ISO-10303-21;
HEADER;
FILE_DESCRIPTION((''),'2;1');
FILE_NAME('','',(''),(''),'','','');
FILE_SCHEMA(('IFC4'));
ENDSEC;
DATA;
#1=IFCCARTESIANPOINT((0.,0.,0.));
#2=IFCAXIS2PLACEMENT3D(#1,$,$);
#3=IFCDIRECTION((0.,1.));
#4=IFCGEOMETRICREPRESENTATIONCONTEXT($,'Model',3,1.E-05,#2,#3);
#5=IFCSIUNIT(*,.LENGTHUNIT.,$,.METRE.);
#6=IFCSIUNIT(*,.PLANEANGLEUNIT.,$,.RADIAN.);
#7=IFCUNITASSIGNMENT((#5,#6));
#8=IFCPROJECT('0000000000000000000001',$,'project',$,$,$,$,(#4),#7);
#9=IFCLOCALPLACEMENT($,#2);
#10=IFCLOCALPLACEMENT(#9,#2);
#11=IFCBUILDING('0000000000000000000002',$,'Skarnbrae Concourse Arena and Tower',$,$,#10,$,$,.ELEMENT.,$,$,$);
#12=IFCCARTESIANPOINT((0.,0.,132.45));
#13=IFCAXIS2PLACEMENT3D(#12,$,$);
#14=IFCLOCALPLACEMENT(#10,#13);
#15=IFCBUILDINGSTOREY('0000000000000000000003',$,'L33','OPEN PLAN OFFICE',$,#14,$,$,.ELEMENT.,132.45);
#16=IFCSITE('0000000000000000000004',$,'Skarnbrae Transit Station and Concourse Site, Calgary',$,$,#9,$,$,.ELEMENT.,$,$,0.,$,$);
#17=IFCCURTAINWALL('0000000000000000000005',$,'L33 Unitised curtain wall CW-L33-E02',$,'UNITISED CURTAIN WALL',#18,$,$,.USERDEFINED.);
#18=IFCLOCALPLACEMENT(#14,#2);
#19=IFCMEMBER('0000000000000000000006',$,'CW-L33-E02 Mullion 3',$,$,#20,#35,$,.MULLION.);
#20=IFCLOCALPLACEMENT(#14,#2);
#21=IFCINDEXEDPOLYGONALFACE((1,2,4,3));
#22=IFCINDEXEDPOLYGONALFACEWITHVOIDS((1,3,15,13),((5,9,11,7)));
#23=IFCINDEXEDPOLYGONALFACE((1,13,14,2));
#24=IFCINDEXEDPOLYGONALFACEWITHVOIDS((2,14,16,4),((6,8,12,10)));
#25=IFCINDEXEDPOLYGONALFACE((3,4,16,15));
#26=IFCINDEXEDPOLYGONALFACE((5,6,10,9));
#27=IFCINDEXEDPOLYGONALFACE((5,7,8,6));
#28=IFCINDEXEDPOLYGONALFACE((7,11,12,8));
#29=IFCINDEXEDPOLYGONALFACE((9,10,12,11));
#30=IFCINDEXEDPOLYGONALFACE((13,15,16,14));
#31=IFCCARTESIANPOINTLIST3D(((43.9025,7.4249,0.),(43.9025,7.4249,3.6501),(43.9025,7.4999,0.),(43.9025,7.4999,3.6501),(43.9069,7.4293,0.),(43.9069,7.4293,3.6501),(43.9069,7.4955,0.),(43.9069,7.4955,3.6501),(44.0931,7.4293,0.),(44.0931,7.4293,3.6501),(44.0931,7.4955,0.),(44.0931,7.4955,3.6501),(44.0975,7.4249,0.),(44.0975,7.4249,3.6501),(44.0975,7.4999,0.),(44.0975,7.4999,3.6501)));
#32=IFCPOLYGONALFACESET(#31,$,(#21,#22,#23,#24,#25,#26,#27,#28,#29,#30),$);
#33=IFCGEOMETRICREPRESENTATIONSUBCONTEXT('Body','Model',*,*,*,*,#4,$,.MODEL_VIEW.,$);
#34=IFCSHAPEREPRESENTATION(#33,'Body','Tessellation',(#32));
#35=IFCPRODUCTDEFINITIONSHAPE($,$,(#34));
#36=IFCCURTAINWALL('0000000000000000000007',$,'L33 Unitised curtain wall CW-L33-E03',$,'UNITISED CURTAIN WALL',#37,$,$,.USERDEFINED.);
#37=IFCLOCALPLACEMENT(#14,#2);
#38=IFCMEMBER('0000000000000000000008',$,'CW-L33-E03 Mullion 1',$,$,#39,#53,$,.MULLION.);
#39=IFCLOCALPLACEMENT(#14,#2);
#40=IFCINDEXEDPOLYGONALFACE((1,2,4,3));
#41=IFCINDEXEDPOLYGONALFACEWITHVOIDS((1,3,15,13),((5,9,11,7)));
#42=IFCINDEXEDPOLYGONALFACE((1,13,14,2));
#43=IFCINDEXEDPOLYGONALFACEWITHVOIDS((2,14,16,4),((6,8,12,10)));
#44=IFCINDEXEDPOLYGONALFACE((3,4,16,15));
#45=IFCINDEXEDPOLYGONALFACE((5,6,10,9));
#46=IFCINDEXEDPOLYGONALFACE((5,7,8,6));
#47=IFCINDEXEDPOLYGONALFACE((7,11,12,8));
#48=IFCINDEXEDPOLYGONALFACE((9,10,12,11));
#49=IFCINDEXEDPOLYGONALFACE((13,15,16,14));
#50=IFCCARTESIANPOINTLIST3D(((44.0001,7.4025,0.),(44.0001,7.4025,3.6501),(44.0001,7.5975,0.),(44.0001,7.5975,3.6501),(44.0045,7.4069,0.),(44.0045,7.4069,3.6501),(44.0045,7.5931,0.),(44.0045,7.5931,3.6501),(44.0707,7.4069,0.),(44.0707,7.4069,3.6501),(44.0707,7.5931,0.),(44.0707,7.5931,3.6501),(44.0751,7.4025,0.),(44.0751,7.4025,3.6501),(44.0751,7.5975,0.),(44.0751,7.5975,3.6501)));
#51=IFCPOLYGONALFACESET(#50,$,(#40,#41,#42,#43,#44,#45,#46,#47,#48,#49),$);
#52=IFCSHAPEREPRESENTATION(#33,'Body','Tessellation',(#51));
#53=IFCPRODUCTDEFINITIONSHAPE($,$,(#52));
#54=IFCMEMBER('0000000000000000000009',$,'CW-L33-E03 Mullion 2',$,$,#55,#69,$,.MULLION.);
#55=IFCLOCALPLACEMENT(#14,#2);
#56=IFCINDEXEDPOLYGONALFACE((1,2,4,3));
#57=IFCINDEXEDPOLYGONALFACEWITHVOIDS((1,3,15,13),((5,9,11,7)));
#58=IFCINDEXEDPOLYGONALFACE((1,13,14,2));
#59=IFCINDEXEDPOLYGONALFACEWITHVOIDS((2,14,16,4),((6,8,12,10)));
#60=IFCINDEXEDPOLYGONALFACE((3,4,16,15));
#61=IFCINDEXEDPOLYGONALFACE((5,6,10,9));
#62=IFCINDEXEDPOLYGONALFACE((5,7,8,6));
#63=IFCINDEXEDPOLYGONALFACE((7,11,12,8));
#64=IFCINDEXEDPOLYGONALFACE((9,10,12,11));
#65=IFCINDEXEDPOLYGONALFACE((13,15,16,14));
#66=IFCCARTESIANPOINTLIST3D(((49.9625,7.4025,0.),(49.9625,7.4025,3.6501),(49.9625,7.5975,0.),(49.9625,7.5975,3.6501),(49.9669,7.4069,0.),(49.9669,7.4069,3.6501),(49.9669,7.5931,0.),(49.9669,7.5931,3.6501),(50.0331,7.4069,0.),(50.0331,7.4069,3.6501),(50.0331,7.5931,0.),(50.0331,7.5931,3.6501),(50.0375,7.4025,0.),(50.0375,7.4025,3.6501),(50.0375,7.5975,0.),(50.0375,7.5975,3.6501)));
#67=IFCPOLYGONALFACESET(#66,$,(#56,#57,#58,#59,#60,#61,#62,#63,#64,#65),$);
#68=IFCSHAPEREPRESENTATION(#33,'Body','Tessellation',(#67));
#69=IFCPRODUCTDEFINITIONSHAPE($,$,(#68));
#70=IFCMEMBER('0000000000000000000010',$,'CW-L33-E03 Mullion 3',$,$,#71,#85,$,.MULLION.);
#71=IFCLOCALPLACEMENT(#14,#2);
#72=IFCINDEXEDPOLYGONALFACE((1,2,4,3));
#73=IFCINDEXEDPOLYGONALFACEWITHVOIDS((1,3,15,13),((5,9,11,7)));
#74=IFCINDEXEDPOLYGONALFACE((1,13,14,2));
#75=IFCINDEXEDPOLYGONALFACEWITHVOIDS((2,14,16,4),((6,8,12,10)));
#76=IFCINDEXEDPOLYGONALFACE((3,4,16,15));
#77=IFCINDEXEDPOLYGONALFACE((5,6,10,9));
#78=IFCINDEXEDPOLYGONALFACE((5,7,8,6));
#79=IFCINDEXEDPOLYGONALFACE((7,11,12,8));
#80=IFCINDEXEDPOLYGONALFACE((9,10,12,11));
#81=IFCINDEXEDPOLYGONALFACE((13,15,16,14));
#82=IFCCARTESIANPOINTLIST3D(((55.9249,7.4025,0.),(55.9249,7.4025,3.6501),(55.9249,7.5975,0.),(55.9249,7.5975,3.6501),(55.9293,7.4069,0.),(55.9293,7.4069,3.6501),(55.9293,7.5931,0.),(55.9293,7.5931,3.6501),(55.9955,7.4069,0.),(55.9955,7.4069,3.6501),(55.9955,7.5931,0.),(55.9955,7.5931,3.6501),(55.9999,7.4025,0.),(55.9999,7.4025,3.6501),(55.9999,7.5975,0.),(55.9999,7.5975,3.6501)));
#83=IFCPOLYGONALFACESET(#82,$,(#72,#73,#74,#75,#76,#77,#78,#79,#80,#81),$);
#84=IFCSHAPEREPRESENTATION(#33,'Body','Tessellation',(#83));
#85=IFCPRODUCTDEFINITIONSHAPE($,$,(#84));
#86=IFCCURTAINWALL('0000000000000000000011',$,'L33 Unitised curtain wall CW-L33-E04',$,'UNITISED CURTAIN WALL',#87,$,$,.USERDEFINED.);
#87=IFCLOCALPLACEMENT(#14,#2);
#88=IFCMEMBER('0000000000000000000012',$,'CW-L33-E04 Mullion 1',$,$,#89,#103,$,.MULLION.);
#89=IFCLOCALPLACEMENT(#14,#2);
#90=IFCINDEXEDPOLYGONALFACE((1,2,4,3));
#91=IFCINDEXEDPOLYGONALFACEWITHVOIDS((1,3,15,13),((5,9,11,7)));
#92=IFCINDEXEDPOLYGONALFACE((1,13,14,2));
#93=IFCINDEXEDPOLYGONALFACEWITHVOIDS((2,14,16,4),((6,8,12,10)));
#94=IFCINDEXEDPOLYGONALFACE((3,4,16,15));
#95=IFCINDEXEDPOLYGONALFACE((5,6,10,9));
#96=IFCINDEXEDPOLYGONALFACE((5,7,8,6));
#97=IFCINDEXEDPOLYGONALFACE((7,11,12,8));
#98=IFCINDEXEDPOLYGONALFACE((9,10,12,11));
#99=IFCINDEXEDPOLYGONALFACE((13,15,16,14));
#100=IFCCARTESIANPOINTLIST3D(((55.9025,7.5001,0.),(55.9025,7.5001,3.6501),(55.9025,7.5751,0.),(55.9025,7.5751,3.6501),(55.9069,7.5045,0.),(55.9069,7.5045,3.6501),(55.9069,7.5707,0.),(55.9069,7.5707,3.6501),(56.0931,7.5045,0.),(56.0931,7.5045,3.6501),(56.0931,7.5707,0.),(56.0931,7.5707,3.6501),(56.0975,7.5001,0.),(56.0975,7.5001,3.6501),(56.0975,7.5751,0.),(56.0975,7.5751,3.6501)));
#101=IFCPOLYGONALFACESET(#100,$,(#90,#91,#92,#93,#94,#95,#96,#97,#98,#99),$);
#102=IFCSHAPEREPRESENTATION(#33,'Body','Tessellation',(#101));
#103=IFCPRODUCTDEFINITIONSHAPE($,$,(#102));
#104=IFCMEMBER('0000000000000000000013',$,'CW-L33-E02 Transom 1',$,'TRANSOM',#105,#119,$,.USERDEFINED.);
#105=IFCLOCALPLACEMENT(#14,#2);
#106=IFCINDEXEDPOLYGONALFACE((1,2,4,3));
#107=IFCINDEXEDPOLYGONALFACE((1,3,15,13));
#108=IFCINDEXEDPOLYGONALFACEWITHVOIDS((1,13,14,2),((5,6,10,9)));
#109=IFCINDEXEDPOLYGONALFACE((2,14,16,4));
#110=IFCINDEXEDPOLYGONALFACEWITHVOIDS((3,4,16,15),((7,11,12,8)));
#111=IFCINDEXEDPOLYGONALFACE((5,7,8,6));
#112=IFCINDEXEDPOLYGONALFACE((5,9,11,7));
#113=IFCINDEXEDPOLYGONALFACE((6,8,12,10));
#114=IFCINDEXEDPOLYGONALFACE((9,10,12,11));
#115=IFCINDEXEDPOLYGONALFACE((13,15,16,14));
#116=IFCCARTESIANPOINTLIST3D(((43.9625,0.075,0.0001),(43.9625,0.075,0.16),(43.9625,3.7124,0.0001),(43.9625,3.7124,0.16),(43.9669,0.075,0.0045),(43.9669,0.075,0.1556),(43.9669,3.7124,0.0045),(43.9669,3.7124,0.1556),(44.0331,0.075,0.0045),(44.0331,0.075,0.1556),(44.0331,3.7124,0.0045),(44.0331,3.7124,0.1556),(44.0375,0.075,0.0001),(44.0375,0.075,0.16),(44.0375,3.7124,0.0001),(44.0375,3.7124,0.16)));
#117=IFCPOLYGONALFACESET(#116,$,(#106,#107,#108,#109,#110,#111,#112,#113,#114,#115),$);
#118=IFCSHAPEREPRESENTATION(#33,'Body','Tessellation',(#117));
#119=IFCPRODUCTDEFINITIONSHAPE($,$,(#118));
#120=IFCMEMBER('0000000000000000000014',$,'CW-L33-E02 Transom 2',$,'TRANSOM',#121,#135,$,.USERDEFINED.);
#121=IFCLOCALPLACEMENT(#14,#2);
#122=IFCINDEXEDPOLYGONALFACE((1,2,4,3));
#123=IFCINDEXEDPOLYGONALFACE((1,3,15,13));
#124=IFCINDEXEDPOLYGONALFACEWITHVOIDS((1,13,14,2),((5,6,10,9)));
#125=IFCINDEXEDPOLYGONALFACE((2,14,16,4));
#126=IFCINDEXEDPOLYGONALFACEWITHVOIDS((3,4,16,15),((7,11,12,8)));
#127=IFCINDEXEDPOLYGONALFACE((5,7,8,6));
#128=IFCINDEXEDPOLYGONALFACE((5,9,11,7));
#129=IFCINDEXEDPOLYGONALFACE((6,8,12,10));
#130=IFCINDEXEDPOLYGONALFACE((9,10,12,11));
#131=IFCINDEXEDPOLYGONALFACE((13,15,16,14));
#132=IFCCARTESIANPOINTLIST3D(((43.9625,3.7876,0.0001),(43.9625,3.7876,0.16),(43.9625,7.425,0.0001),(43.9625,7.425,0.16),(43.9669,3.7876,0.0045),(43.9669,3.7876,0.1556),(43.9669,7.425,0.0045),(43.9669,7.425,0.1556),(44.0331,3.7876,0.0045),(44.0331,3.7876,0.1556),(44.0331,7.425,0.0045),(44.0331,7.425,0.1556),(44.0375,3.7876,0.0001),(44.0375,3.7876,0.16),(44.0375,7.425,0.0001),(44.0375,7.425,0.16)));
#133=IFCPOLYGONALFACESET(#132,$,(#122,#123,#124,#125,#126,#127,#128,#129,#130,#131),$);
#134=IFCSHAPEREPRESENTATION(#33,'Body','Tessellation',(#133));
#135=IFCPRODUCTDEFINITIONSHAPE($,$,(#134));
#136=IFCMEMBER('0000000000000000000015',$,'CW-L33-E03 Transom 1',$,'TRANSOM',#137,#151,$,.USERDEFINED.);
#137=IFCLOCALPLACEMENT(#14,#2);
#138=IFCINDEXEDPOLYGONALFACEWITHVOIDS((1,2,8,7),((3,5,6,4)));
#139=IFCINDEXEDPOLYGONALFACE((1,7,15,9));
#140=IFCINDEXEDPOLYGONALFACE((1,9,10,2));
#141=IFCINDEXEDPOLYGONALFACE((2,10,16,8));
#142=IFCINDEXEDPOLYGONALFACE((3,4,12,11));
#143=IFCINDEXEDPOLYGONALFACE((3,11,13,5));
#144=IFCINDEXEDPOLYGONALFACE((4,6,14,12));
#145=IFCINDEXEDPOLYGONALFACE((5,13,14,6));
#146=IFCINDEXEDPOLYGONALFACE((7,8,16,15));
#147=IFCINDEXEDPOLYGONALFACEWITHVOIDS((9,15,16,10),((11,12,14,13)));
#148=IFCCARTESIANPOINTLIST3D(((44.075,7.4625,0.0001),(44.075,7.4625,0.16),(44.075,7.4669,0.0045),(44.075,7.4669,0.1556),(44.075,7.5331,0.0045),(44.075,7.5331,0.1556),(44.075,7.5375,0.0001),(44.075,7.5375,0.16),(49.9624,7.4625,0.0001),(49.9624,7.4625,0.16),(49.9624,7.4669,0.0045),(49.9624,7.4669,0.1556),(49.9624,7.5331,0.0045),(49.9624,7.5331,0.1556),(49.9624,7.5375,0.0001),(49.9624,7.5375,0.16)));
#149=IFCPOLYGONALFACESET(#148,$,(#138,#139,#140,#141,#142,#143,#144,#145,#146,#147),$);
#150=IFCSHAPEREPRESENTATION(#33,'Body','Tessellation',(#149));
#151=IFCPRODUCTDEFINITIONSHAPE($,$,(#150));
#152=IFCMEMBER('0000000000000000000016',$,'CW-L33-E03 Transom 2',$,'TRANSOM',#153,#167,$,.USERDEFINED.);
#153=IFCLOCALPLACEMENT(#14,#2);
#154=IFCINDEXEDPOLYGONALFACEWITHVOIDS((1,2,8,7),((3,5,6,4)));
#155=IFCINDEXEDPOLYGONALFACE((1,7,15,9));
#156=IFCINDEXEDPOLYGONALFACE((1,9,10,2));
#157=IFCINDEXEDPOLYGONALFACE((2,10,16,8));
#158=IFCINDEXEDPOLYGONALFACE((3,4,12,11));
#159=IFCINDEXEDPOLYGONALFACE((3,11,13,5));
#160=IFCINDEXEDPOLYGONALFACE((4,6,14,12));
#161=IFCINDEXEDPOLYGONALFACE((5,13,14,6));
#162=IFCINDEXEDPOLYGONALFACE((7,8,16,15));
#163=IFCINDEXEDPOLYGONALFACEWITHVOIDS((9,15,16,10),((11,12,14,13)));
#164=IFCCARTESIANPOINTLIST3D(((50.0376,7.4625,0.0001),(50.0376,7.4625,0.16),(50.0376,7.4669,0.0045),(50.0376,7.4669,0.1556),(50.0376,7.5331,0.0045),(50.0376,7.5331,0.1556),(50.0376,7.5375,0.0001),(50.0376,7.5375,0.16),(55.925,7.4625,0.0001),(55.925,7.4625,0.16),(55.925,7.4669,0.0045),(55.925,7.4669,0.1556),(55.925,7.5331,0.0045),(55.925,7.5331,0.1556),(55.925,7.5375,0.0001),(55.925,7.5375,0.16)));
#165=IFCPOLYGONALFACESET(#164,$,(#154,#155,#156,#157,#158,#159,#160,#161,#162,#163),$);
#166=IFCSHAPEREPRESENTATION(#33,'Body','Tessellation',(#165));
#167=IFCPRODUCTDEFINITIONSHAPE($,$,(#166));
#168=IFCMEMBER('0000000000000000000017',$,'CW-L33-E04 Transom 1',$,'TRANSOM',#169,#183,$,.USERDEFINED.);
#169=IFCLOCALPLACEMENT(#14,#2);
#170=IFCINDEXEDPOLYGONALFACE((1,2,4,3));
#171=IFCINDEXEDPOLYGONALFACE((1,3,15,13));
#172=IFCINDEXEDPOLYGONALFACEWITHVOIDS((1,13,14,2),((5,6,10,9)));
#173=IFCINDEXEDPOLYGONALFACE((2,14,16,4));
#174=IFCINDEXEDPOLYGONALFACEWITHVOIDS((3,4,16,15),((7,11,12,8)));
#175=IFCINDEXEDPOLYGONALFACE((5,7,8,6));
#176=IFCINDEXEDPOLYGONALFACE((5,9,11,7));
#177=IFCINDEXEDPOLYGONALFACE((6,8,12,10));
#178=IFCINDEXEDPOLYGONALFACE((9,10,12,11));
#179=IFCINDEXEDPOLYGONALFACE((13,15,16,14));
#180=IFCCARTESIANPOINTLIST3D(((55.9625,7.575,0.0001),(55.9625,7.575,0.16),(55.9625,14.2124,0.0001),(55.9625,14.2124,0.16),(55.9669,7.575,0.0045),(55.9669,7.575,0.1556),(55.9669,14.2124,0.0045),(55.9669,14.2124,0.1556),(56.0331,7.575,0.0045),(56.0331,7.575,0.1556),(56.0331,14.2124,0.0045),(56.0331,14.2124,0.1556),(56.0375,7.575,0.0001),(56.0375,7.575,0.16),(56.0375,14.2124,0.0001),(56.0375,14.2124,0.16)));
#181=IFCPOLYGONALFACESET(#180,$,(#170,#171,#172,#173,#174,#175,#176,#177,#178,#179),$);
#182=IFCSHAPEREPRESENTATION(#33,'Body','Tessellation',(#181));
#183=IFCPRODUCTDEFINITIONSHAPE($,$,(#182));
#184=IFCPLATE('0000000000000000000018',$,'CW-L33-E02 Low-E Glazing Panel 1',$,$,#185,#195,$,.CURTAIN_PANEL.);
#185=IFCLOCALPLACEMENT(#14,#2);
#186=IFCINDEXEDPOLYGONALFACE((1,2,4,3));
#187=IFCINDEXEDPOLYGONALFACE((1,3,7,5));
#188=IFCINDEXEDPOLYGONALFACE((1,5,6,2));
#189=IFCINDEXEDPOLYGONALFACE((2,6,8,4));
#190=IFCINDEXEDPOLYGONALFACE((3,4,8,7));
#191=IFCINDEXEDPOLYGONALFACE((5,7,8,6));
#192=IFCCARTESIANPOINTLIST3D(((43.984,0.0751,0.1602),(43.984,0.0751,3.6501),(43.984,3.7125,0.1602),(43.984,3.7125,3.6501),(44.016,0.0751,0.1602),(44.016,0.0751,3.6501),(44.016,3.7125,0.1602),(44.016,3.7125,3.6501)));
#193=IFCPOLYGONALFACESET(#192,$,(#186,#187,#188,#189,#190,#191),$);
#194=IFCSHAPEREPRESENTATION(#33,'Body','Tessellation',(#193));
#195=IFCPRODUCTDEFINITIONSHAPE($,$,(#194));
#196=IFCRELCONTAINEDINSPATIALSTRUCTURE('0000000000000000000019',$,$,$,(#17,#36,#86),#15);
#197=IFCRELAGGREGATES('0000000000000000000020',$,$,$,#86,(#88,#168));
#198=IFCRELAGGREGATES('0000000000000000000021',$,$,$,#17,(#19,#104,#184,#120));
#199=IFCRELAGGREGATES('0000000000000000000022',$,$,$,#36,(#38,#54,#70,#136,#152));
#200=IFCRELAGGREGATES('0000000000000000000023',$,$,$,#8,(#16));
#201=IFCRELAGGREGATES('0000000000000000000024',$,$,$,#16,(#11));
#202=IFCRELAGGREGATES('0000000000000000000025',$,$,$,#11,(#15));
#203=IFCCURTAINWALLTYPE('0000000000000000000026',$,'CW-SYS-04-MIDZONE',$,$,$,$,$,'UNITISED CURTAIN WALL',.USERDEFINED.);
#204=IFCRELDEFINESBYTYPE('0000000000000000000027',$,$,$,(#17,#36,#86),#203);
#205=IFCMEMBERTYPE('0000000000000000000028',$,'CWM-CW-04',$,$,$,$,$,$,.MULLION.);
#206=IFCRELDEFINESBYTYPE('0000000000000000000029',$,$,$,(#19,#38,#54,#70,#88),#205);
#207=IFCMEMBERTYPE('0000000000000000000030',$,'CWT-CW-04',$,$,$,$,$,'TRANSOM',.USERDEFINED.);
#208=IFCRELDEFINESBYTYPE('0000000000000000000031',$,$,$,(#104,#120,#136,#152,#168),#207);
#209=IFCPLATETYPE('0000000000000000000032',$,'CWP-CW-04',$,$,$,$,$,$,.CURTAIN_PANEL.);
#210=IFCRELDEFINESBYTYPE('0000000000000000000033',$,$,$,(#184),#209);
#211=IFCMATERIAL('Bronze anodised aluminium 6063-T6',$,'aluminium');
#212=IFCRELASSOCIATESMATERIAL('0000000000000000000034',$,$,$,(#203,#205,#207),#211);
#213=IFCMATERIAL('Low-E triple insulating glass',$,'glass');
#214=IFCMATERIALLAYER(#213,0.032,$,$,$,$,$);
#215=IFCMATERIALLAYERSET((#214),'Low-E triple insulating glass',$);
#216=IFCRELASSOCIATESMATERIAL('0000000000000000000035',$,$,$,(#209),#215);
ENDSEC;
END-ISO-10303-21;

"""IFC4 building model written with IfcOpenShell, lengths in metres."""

from ifc_helpers import new_model, si_unit, direction, frame, origin, origin_2d, place, context, subcontext, project, spatial, rectangle, hollow_rectangle, extrude, source, transform, mapped, material, layer, layer_set, material_profile, profile_set, type_object, element, aggregate, save


model = new_model("IFC4")

# Units and contexts
model_context = context("Model", 3, precision=1e-05, world=origin(), true_north=direction((0.0, 1.0)))
body_context = subcontext(model_context, "Body", "Model", "MODEL_VIEW")
ifc_project = project(units=[si_unit("LENGTHUNIT", "METRE"), si_unit("PLANEANGLEUNIT", "RADIAN")], contexts=[model_context])

# Site, building, storey
site_placement = place(None, origin())
site = spatial("IfcSite", under=ifc_project, at=site_placement, Name="Skarnbrae Transit Station and Concourse Site, Calgary", CompositionType="ELEMENT", RefElevation=0.0)
building_placement = place(site_placement, origin())
building = spatial("IfcBuilding", under=site, at=building_placement, Name="Skarnbrae Concourse Arena and Tower", CompositionType="ELEMENT")
storey_placement = place(building_placement, frame((0.0, 0.0, 132.45)))
storey = spatial("IfcBuildingStorey", under=building, at=storey_placement, Name="L33", Description="OPEN PLAN OFFICE", CompositionType="ELEMENT", Elevation=132.45)

# Shared definitions
ifc_material_1 = material(Name="Bronze anodised aluminium 6063-T6", Category="aluminium")
curtain_wall_type = type_object("IfcCurtainWallType", Name="CW-SYS-04-MIDZONE", ElementType="UNITISED CURTAIN WALL", PredefinedType="USERDEFINED", material=ifc_material_1)
ifc_material_profile_1 = material_profile(ifc_material_1, hollow_rectangle(XDim=0.075, YDim=0.1951, WallThickness=0.0044, at=origin_2d()), Name="ALU-MULL-75X195")
ifc_profile_set_1 = profile_set([ifc_material_profile_1], Name="Bronze anodised aluminium 6063-T6")
member_type_1 = type_object("IfcMemberType", Name="CWM-CW-04", PredefinedType="MULLION", material=ifc_profile_set_1)
shared_shape_1 = source(origin(), body_context, "Body", "SweptSolid", [
    extrude(hollow_rectangle(XDim=0.075, YDim=0.1951, WallThickness=0.0044, at=origin_2d()), origin(), (0.0, 0.0, 1.0), 3.6501),
])

# Curtain walls, members
curtain_wall_1_placement = place(storey_placement, origin())
curtain_wall_1 = element("IfcCurtainWall", 1, at=curtain_wall_1_placement, inside=storey, type_object=curtain_wall_type, Name="L33 Unitised curtain wall CW-L33-E02", ObjectType="UNITISED CURTAIN WALL", PredefinedType="USERDEFINED")
member_1_placement = place(storey_placement, frame((44.0, 7.4624, 0.0), z_axis=(0.0, 0.0, 1.0), x_axis=(0.0, 1.0, 0.0)))
member_1 = element("IfcMember", 2, at=member_1_placement, type_object=member_type_1, Name="CW-L33-E02 Mullion 3", PredefinedType="MULLION", context=body_context, shape_type="MappedRepresentation", body=[
    mapped(shared_shape_1, transform((0.0, 0.0, 0.0))),
])
curtain_wall_2_placement = place(storey_placement, origin())
curtain_wall_2 = element("IfcCurtainWall", 3, at=curtain_wall_2_placement, inside=storey, type_object=curtain_wall_type, Name="L33 Unitised curtain wall CW-L33-E03", ObjectType="UNITISED CURTAIN WALL", PredefinedType="USERDEFINED")
member_2_placement = place(storey_placement, frame((44.0376, 7.5, 0.0), z_axis=(0.0, 0.0, 1.0), x_axis=(1.0, 0.0, 0.0)))
member_2 = element("IfcMember", 4, at=member_2_placement, type_object=member_type_1, Name="CW-L33-E03 Mullion 1", PredefinedType="MULLION", context=body_context, shape_type="MappedRepresentation", body=[
    mapped(shared_shape_1, transform((0.0, 0.0, 0.0))),
])
member_3_placement = place(storey_placement, frame((50.0, 7.5, 0.0), z_axis=(0.0, 0.0, 1.0), x_axis=(1.0, 0.0, 0.0)))
member_3 = element("IfcMember", 5, at=member_3_placement, type_object=member_type_1, Name="CW-L33-E03 Mullion 2", PredefinedType="MULLION", context=body_context, shape_type="MappedRepresentation", body=[
    mapped(shared_shape_1, transform((0.0, 0.0, 0.0))),
])
member_4_placement = place(storey_placement, frame((55.9624, 7.5, 0.0), z_axis=(0.0, 0.0, 1.0), x_axis=(1.0, 0.0, 0.0)))
member_4 = element("IfcMember", 6, at=member_4_placement, type_object=member_type_1, Name="CW-L33-E03 Mullion 3", PredefinedType="MULLION", context=body_context, shape_type="MappedRepresentation", body=[
    mapped(shared_shape_1, transform((0.0, 0.0, 0.0))),
])

# Curtain wall, member
curtain_wall_3_placement = place(storey_placement, origin())
curtain_wall_3 = element("IfcCurtainWall", 7, at=curtain_wall_3_placement, inside=storey, type_object=curtain_wall_type, Name="L33 Unitised curtain wall CW-L33-E04", ObjectType="UNITISED CURTAIN WALL", PredefinedType="USERDEFINED")
member_5_placement = place(storey_placement, frame((56.0, 7.5376, 0.0), z_axis=(0.0, 0.0, 1.0), x_axis=(0.0, 1.0, 0.0)))
member_5 = element("IfcMember", 8, at=member_5_placement, type_object=member_type_1, Name="CW-L33-E04 Mullion 1", PredefinedType="MULLION", context=body_context, shape_type="MappedRepresentation", body=[
    mapped(shared_shape_1, transform((0.0, 0.0, 0.0))),
])

# Members
ifc_material_profile_2 = material_profile(ifc_material_1, hollow_rectangle(XDim=0.075, YDim=0.1599, WallThickness=0.0044, at=origin_2d()), Name="ALU-TRAN-75X160")
ifc_profile_set_2 = profile_set([ifc_material_profile_2], Name="Bronze anodised aluminium 6063-T6")
member_type_2 = type_object("IfcMemberType", Name="CWT-CW-04", ElementType="TRANSOM", PredefinedType="USERDEFINED", material=ifc_profile_set_2)
shared_shape_2 = source(origin(), body_context, "Body", "SweptSolid", [
    extrude(hollow_rectangle(XDim=0.075, YDim=0.1599, WallThickness=0.0044, at=origin_2d()), origin(), (0.0, 0.0, 1.0), 3.6375),
])
member_6_placement = place(storey_placement, frame((44.0, 0.075, 0.0801), z_axis=(0.0, 1.0, 0.0), x_axis=(-1.0, 0.0, 0.0)))
member_6 = element("IfcMember", 9, at=member_6_placement, type_object=member_type_2, Name="CW-L33-E02 Transom 1", ObjectType="TRANSOM", PredefinedType="USERDEFINED", context=body_context, shape_type="MappedRepresentation", body=[
    mapped(shared_shape_2, transform((0.0, 0.0, 0.0))),
])
member_7_placement = place(storey_placement, frame((44.0, 3.7876, 0.0801), z_axis=(0.0, 1.0, 0.0), x_axis=(-1.0, 0.0, 0.0)))
member_7 = element("IfcMember", 10, at=member_7_placement, type_object=member_type_2, Name="CW-L33-E02 Transom 2", ObjectType="TRANSOM", PredefinedType="USERDEFINED", context=body_context, shape_type="MappedRepresentation", body=[
    mapped(shared_shape_2, transform((0.0, 0.0, 0.0))),
])
shared_shape_3 = source(origin(), body_context, "Body", "SweptSolid", [
    extrude(hollow_rectangle(XDim=0.075, YDim=0.1599, WallThickness=0.0044, at=origin_2d()), origin(), (0.0, 0.0, 1.0), 5.8875),
])
member_8_placement = place(storey_placement, frame((44.075, 7.5, 0.0801), z_axis=(1.0, 0.0, 0.0), x_axis=(0.0, 1.0, 0.0)))
member_8 = element("IfcMember", 11, at=member_8_placement, type_object=member_type_2, Name="CW-L33-E03 Transom 1", ObjectType="TRANSOM", PredefinedType="USERDEFINED", context=body_context, shape_type="MappedRepresentation", body=[
    mapped(shared_shape_3, transform((0.0, 0.0, 0.0))),
])
member_9_placement = place(storey_placement, frame((50.0376, 7.5, 0.0801), z_axis=(1.0, 0.0, 0.0), x_axis=(0.0, 1.0, 0.0)))
member_9 = element("IfcMember", 12, at=member_9_placement, type_object=member_type_2, Name="CW-L33-E03 Transom 2", ObjectType="TRANSOM", PredefinedType="USERDEFINED", context=body_context, shape_type="MappedRepresentation", body=[
    mapped(shared_shape_3, transform((0.0, 0.0, 0.0))),
])
shared_shape_4 = source(origin(), body_context, "Body", "SweptSolid", [
    extrude(hollow_rectangle(XDim=0.075, YDim=0.1599, WallThickness=0.0044, at=origin_2d()), origin(), (0.0, 0.0, 1.0), 6.6375),
])
member_10_placement = place(storey_placement, frame((56.0, 7.575, 0.0801), z_axis=(0.0, 1.0, 0.0), x_axis=(-1.0, 0.0, 0.0)))
member_10 = element("IfcMember", 13, at=member_10_placement, type_object=member_type_2, Name="CW-L33-E04 Transom 1", ObjectType="TRANSOM", PredefinedType="USERDEFINED", context=body_context, shape_type="MappedRepresentation", body=[
    mapped(shared_shape_4, transform((0.0, 0.0, 0.0))),
])
aggregate(curtain_wall_3, [member_5, member_10])

# Plate
ifc_material_2 = material(Name="Low-E triple insulating glass", Category="glass")
ifc_layer = layer(ifc_material_2, 0.032)
ifc_layer_set = layer_set([ifc_layer], Name="Low-E triple insulating glass")
plate_type = type_object("IfcPlateType", Name="CWP-CW-04", PredefinedType="CURTAIN_PANEL", material=ifc_layer_set)
shared_shape_5 = source(origin(), body_context, "Body", "SweptSolid", [
    extrude(rectangle(XDim=3.6375, YDim=0.032, at=origin_2d()), origin(), (0.0, 0.0, 1.0), 3.49),
])
plate_1_placement = place(storey_placement, frame((44.0, 1.8938, 0.1602), z_axis=(0.0, 0.0, 1.0), x_axis=(0.0, 1.0, 0.0)))
plate_1 = element("IfcPlate", 14, at=plate_1_placement, type_object=plate_type, Name="CW-L33-E02 Low-E Glazing Panel 1", PredefinedType="CURTAIN_PANEL", context=body_context, shape_type="MappedRepresentation", body=[
    mapped(shared_shape_5, transform((0.0, 0.0, 0.0))),
])
aggregate(curtain_wall_1, [member_1, member_6, plate_1, member_7])
aggregate(curtain_wall_2, [member_2, member_3, member_4, member_8, member_9])

save(model, "model.ifc")
